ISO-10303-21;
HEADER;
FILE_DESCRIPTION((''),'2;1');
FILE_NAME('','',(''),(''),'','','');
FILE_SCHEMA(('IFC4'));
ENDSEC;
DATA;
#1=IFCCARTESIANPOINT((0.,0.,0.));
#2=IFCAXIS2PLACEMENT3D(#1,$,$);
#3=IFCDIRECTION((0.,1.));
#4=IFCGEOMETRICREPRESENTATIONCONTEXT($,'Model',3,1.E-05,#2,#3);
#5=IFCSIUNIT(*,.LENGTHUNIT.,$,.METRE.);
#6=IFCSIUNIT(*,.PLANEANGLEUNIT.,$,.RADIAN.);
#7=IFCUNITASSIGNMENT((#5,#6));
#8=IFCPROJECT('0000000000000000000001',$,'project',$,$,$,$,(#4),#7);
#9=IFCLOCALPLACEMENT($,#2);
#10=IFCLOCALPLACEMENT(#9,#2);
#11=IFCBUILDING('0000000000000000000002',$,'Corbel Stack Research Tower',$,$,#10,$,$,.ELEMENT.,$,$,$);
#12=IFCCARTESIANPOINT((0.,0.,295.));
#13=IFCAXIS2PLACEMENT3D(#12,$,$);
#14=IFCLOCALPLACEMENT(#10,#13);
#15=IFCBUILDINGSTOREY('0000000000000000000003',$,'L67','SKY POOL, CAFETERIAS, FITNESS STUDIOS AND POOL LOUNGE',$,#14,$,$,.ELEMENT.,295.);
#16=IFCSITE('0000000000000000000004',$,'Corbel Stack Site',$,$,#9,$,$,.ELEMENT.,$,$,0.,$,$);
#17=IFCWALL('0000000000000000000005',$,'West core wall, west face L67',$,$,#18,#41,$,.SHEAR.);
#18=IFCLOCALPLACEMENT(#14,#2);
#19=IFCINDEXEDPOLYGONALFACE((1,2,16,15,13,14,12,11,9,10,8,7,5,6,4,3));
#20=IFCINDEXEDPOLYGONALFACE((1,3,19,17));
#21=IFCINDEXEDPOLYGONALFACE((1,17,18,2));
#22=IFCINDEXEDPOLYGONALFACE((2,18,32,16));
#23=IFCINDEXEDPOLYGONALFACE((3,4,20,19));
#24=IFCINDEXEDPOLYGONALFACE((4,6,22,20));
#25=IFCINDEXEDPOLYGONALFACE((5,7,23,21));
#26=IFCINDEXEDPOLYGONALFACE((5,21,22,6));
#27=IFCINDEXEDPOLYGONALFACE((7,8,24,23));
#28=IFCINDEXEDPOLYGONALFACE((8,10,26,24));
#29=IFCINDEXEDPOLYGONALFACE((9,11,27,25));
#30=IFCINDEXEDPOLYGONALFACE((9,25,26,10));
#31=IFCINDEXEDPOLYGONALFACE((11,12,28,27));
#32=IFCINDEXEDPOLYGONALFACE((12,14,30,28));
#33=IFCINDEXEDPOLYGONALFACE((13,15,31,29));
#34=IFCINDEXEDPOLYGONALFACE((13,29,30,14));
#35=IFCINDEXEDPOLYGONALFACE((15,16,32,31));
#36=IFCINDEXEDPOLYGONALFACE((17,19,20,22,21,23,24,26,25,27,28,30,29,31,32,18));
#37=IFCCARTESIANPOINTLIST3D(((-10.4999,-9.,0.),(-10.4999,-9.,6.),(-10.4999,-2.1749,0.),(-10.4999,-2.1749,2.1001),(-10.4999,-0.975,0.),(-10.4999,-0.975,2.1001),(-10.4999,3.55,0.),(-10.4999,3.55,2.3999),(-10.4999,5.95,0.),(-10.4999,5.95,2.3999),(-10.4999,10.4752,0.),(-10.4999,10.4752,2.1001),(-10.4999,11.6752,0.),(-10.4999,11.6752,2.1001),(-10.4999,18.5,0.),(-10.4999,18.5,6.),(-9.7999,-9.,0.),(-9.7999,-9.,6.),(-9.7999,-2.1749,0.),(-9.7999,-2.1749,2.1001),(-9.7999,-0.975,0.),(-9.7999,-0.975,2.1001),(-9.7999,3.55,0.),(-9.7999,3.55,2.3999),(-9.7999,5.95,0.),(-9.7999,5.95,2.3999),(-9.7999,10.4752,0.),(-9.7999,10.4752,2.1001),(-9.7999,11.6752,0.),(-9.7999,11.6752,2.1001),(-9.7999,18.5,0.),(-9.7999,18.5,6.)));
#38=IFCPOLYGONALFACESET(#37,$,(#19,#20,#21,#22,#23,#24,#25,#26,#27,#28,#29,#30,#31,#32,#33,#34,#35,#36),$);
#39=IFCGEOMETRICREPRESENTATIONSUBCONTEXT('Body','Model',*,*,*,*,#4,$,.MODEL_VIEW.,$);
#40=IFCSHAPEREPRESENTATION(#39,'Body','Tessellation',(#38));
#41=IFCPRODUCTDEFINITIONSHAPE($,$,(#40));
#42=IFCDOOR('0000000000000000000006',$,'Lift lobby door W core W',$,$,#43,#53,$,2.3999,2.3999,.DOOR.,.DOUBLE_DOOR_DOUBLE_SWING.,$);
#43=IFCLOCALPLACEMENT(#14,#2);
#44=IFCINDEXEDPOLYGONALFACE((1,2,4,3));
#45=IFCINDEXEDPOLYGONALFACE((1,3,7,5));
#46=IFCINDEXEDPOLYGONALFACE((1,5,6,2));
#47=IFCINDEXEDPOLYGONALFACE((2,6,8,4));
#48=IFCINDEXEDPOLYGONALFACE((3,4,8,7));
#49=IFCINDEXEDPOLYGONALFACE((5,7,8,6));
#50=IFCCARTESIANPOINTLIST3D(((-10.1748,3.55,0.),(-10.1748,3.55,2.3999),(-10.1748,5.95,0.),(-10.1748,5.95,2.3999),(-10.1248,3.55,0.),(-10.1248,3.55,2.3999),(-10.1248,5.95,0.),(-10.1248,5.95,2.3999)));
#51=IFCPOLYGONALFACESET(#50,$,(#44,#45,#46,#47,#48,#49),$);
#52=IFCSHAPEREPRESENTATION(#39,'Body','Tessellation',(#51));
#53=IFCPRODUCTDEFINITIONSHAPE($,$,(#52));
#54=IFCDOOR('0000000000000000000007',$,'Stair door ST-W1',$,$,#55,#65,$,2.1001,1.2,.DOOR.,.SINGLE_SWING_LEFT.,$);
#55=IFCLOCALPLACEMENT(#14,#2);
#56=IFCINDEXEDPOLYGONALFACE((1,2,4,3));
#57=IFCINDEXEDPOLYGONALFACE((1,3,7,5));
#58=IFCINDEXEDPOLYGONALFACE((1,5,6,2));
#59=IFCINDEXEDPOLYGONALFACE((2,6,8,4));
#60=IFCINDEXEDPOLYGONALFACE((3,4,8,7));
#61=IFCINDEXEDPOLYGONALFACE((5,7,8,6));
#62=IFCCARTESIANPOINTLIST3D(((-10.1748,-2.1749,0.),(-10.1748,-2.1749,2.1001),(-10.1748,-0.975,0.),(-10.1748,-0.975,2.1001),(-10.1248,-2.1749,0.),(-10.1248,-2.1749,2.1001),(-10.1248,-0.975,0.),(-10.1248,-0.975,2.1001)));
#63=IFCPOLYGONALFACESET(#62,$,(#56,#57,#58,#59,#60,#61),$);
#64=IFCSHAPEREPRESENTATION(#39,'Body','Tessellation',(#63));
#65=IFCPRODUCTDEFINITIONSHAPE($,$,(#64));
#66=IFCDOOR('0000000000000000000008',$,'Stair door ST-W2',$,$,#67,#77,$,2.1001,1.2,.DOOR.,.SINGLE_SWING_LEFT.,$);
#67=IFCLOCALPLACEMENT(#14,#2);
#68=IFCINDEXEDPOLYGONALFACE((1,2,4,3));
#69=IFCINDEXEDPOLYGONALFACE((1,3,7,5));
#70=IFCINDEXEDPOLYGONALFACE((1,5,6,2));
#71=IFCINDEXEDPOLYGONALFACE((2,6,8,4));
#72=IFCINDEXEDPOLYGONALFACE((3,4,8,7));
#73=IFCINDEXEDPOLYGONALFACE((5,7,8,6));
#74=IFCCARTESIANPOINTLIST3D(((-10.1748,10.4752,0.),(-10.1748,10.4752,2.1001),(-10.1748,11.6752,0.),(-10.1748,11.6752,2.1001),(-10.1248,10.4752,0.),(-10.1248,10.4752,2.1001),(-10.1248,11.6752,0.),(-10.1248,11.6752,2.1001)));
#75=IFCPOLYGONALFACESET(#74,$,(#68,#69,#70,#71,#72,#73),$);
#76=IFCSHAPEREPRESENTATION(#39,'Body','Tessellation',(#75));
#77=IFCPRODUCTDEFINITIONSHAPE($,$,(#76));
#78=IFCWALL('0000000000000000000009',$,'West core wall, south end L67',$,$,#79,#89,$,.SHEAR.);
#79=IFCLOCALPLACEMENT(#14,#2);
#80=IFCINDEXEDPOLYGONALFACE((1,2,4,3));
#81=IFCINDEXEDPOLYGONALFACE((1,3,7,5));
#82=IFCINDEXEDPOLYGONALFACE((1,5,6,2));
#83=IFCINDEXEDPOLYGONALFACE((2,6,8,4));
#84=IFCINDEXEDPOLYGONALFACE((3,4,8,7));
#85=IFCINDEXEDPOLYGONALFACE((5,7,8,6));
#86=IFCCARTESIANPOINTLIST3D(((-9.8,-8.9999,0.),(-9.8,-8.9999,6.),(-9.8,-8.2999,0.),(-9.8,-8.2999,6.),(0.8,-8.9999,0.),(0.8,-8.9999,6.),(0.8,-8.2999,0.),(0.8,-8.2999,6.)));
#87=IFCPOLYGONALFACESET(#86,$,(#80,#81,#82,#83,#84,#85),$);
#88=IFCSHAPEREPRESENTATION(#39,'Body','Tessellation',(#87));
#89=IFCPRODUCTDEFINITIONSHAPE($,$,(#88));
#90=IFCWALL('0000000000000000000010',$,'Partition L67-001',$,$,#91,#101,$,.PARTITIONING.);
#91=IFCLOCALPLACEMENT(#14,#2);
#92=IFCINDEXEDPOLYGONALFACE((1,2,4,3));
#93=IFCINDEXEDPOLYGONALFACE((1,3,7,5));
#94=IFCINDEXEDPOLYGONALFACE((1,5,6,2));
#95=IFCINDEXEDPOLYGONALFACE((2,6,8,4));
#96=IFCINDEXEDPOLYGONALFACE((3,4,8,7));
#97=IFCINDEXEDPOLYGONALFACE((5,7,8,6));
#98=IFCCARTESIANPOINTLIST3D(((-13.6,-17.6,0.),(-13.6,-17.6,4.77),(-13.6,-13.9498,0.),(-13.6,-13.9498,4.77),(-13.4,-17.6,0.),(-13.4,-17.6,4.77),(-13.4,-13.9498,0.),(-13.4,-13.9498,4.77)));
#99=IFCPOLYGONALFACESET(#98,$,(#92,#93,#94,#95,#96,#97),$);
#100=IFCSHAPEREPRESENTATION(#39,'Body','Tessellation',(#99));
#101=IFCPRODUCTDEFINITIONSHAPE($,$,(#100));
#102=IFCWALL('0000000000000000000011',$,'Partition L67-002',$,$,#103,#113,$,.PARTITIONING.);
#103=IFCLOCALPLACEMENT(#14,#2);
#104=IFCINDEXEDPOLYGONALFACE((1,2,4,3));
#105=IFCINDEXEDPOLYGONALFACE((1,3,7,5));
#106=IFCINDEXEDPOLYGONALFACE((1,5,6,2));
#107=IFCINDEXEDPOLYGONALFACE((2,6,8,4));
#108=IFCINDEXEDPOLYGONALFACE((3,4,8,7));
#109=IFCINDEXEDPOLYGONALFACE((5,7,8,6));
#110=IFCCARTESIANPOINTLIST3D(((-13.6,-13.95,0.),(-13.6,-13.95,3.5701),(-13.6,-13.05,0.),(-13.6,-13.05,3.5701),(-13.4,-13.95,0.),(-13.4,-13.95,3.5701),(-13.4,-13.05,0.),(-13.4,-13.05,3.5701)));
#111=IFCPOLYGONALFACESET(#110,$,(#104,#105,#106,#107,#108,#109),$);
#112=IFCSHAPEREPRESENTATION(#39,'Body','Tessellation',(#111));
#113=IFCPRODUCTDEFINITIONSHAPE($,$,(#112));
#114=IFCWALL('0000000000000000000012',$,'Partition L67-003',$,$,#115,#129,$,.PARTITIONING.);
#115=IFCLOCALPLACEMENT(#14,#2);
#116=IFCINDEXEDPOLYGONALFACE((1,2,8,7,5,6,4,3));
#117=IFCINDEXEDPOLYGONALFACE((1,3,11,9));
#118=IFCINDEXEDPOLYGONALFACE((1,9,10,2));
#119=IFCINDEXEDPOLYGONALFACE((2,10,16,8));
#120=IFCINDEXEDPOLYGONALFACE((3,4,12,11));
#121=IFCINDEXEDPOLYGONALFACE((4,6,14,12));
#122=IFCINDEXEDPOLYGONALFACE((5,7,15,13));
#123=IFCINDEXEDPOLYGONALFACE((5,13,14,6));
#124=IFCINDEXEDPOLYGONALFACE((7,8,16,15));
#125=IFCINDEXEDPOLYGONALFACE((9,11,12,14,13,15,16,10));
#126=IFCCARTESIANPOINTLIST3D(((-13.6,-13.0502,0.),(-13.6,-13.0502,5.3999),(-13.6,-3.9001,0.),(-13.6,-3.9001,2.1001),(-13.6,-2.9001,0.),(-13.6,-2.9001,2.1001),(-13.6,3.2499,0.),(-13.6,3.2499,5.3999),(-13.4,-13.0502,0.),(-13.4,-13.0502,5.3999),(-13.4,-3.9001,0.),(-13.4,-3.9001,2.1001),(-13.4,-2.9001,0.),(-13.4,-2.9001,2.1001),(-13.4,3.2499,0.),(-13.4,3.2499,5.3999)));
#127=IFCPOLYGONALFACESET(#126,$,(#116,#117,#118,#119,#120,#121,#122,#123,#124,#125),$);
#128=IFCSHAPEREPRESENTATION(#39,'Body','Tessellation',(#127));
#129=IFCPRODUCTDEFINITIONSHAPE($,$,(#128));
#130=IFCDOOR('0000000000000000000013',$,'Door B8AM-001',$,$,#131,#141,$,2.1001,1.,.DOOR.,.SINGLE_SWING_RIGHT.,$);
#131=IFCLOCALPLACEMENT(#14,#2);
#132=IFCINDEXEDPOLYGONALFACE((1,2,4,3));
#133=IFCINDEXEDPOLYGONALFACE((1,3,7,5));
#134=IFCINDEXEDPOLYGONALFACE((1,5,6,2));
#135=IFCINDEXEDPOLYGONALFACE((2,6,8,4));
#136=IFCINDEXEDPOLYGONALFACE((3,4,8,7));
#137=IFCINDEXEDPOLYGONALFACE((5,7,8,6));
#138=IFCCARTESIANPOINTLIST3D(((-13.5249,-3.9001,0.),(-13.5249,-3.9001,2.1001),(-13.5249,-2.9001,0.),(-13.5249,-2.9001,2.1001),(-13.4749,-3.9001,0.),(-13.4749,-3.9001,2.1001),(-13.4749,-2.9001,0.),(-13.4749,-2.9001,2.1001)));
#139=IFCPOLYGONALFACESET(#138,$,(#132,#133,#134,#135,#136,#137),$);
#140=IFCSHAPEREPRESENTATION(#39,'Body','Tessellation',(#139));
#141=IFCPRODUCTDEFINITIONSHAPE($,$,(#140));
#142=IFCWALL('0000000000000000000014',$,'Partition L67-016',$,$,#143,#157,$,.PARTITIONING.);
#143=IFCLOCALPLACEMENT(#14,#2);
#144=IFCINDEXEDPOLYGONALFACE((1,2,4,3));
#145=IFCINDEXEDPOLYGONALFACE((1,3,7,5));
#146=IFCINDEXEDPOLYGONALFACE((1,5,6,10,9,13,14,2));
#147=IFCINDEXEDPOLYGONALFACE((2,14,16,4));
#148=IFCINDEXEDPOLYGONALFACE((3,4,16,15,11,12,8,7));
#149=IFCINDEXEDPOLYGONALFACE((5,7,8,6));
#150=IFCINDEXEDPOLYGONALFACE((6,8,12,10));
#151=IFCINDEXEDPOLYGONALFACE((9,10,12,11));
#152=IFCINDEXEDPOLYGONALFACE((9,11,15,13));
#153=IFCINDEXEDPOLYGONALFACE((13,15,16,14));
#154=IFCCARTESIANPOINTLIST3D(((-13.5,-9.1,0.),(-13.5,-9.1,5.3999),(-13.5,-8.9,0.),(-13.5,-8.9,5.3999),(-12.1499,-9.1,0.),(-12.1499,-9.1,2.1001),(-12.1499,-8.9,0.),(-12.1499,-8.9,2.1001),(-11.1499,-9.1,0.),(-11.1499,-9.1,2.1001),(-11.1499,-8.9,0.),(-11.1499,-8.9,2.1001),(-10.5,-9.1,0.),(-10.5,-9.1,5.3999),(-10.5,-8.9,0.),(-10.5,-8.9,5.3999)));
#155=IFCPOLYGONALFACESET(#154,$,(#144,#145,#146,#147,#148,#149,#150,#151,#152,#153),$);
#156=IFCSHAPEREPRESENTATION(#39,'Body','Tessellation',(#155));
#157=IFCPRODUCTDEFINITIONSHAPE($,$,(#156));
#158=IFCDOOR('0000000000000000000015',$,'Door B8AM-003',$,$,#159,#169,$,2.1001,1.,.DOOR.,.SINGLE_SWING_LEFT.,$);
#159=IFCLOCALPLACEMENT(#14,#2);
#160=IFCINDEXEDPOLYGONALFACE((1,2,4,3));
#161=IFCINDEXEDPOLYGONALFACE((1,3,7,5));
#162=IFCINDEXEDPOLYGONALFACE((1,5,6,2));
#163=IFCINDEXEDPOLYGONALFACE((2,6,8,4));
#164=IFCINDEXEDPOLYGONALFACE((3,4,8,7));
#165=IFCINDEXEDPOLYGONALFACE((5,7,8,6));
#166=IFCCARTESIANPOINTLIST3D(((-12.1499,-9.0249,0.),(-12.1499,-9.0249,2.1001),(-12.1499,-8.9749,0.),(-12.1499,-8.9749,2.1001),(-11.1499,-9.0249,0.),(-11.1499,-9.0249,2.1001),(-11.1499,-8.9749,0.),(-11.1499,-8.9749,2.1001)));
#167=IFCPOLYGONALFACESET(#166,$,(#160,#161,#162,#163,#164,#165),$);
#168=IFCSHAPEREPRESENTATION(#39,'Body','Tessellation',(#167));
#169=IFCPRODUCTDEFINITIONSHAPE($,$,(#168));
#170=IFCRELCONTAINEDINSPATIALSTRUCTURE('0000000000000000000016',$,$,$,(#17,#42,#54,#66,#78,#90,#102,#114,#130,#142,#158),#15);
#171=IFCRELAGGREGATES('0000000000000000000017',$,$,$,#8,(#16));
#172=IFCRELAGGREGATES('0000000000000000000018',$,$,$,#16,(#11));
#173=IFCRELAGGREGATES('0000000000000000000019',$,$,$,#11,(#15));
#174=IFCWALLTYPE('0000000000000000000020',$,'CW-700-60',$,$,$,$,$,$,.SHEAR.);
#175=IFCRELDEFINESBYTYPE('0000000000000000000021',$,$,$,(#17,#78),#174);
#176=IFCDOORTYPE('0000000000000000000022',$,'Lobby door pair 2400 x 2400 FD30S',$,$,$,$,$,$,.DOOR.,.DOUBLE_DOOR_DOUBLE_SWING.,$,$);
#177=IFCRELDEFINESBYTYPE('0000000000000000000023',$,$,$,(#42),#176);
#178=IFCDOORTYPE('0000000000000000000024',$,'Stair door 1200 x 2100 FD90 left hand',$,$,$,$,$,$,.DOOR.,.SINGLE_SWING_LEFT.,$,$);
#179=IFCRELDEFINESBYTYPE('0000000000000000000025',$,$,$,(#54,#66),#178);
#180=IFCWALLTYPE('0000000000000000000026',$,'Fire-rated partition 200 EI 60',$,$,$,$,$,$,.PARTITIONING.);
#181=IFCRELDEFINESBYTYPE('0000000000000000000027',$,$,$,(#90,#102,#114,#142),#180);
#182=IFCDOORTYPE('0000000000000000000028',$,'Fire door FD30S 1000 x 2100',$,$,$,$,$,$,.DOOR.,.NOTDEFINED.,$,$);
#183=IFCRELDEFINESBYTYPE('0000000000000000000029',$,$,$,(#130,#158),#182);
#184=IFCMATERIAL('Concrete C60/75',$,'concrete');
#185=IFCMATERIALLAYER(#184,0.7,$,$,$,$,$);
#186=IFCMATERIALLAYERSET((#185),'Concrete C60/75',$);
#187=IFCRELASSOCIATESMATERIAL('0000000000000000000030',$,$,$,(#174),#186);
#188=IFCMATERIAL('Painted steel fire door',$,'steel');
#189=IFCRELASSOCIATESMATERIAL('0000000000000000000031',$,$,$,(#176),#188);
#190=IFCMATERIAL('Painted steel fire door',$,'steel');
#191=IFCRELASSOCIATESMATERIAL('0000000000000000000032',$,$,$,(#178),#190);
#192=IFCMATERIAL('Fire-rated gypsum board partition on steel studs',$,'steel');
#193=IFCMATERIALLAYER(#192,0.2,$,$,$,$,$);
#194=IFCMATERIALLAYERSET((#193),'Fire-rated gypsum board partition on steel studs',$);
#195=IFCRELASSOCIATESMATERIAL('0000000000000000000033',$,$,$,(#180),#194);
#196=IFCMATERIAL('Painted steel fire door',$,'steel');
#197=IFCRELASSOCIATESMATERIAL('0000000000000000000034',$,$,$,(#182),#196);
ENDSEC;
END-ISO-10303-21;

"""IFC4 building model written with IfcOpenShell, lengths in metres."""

from ifc_helpers import new_model, si_unit, direction, frame, frame_2d, origin, place, context, subcontext, project, spatial, rectangle, extrude, material, layer, layer_set, type_object, element, fill, save


model = new_model("IFC4")

# Units and contexts
model_context = context("Model", 3, precision=1e-05, world=origin(), true_north=direction((0.0, 1.0)))
body_context = subcontext(model_context, "Body", "Model", "MODEL_VIEW")
ifc_project = project(units=[si_unit("LENGTHUNIT", "METRE"), si_unit("PLANEANGLEUNIT", "RADIAN")], contexts=[model_context])

# Site, building, storey
site_placement = place(None, origin())
site = spatial("IfcSite", under=ifc_project, at=site_placement, Name="Corbel Stack Site", CompositionType="ELEMENT", RefElevation=0.0)
building_placement = place(site_placement, origin())
building = spatial("IfcBuilding", under=site, at=building_placement, Name="Corbel Stack Research Tower", CompositionType="ELEMENT")
storey_placement = place(building_placement, frame((0.0, 0.0, 295.0)))
storey = spatial("IfcBuildingStorey", under=building, at=storey_placement, Name="L67", Description="SKY POOL, CAFETERIAS, FITNESS STUDIOS AND POOL LOUNGE", CompositionType="ELEMENT", Elevation=295.0)

# Wall, openings, doors
ifc_material_1 = material(Name="Concrete C60/75", Category="concrete")
ifc_layer_1 = layer(ifc_material_1, 0.7)
ifc_layer_set_1 = layer_set([ifc_layer_1], Name="Concrete C60/75")
wall_type_1 = type_object("IfcWallType", Name="CW-700-60", PredefinedType="SHEAR", material=ifc_layer_set_1)
wall_1_placement = place(storey_placement, frame((-10.1499, -9.0, 0.0), z_axis=(0.0, 0.0, 1.0), x_axis=(0.0, 1.0, 0.0)))
wall_1 = element("IfcWall", 1, at=wall_1_placement, inside=storey, type_object=wall_type_1, Name="West core wall, west face L67", PredefinedType="SHEAR", context=body_context, shape_type="SweptSolid", body=[
    extrude(rectangle(XDim=27.5, YDim=0.7, at=frame_2d((13.75, 0.0))), origin(), (0.0, 0.0, 1.0), 6.0),
])
opening_1_placement = place(wall_1_placement, frame((12.55, 0.0, 0.0)))
opening_1 = element("IfcOpeningElement", 2, at=opening_1_placement, cuts=wall_1, PredefinedType="OPENING", context=body_context, shape_type="SweptSolid", body=[
    extrude(rectangle(XDim=2.3999, YDim=2.3999, at=frame_2d((1.2, 1.2))), frame((0.0, 0.3599, 0.0), z_axis=(0.0, -1.0, 0.0), x_axis=(1.0, 0.0, 0.0)), (0.0, 0.0, 1.0), 0.72),
])
opening_2_placement = place(wall_1_placement, frame((6.825, 0.0, 0.0)))
opening_2 = element("IfcOpeningElement", 3, at=opening_2_placement, cuts=wall_1, PredefinedType="OPENING", context=body_context, shape_type="SweptSolid", body=[
    extrude(rectangle(XDim=1.2, YDim=2.1001, at=frame_2d((0.6001, 1.05))), frame((0.0, 0.3599, 0.0), z_axis=(0.0, -1.0, 0.0), x_axis=(1.0, 0.0, 0.0)), (0.0, 0.0, 1.0), 0.72),
])
opening_3_placement = place(wall_1_placement, frame((19.4751, 0.0, 0.0)))
opening_3 = element("IfcOpeningElement", 4, at=opening_3_placement, cuts=wall_1, PredefinedType="OPENING", context=body_context, shape_type="SweptSolid", body=[
    extrude(rectangle(XDim=1.2, YDim=2.1001, at=frame_2d((0.6001, 1.05))), frame((0.0, 0.3599, 0.0), z_axis=(0.0, -1.0, 0.0), x_axis=(1.0, 0.0, 0.0)), (0.0, 0.0, 1.0), 0.72),
])
ifc_material_2 = material(Name="Painted steel fire door", Category="steel")
door_type_1 = type_object("IfcDoorType", Name="Lobby door pair 2400 x 2400 FD30S", OperationType="DOUBLE_DOOR_DOUBLE_SWING", PredefinedType="DOOR", material=ifc_material_2)
door_1_placement = place(opening_1_placement, origin())
door_1 = element("IfcDoor", 5, at=door_1_placement, inside=storey, type_object=door_type_1, Name="Lift lobby door W core W", OperationType="DOUBLE_DOOR_DOUBLE_SWING", OverallHeight=2.3999, OverallWidth=2.3999, PredefinedType="DOOR", context=body_context, shape_type="SweptSolid", body=[
    extrude(rectangle(XDim=2.3999, YDim=2.3999, at=frame_2d((1.2, 1.2))), frame((0.0, 0.0249, 0.0), z_axis=(0.0, -1.0, 0.0), x_axis=(1.0, 0.0, 0.0)), (0.0, 0.0, 1.0), 0.05),
])
fill(opening_1, door_1)
ifc_material_3 = material(Name="Painted steel fire door", Category="steel")
door_type_2 = type_object("IfcDoorType", Name="Stair door 1200 x 2100 FD90 left hand", OperationType="SINGLE_SWING_LEFT", PredefinedType="DOOR", material=ifc_material_3)
door_2_placement = place(opening_2_placement, origin())
door_2 = element("IfcDoor", 6, at=door_2_placement, inside=storey, type_object=door_type_2, Name="Stair door ST-W1", OperationType="SINGLE_SWING_LEFT", OverallHeight=2.1001, OverallWidth=1.2, PredefinedType="DOOR", context=body_context, shape_type="SweptSolid", body=[
    extrude(rectangle(XDim=1.2, YDim=2.1001, at=frame_2d((0.6001, 1.05))), frame((0.0, 0.0249, 0.0), z_axis=(0.0, -1.0, 0.0), x_axis=(1.0, 0.0, 0.0)), (0.0, 0.0, 1.0), 0.05),
])
fill(opening_2, door_2)
door_3_placement = place(opening_3_placement, origin())
door_3 = element("IfcDoor", 7, at=door_3_placement, inside=storey, type_object=door_type_2, Name="Stair door ST-W2", OperationType="SINGLE_SWING_LEFT", OverallHeight=2.1001, OverallWidth=1.2, PredefinedType="DOOR", context=body_context, shape_type="SweptSolid", body=[
    extrude(rectangle(XDim=1.2, YDim=2.1001, at=frame_2d((0.6001, 1.05))), frame((0.0, 0.0249, 0.0), z_axis=(0.0, -1.0, 0.0), x_axis=(1.0, 0.0, 0.0)), (0.0, 0.0, 1.0), 0.05),
])
fill(opening_3, door_3)

# Walls
wall_2_placement = place(storey_placement, frame((-9.8, -8.6499, 0.0), z_axis=(0.0, 0.0, 1.0), x_axis=(1.0, 0.0, 0.0)))
element("IfcWall", 8, at=wall_2_placement, inside=storey, type_object=wall_type_1, Name="West core wall, south end L67", PredefinedType="SHEAR", context=body_context, shape_type="SweptSolid", body=[
    extrude(rectangle(XDim=10.6001, YDim=0.7, at=frame_2d((5.3, 0.0))), origin(), (0.0, 0.0, 1.0), 6.0),
])
ifc_material_4 = material(Name="Fire-rated gypsum board partition on steel studs", Category="steel")
ifc_layer_2 = layer(ifc_material_4, 0.2)
ifc_layer_set_2 = layer_set([ifc_layer_2], Name="Fire-rated gypsum board partition on steel studs")
wall_type_2 = type_object("IfcWallType", Name="Fire-rated partition 200 EI 60", PredefinedType="PARTITIONING", material=ifc_layer_set_2)
wall_3_placement = place(storey_placement, frame((-13.5, -17.6001, 0.0), z_axis=(0.0, 0.0, 1.0), x_axis=(0.0, 1.0, 0.0)))
element("IfcWall", 9, at=wall_3_placement, inside=storey, type_object=wall_type_2, Name="Partition L67-001", PredefinedType="PARTITIONING", context=body_context, shape_type="SweptSolid", body=[
    extrude(rectangle(XDim=3.6501, YDim=0.2, at=frame_2d((1.8252, 0.0))), origin(), (0.0, 0.0, 1.0), 4.77),
])
wall_4_placement = place(storey_placement, frame((-13.5, -13.95, 0.0), z_axis=(0.0, 0.0, 1.0), x_axis=(0.0, 1.0, 0.0)))
element("IfcWall", 10, at=wall_4_placement, inside=storey, type_object=wall_type_2, Name="Partition L67-002", PredefinedType="PARTITIONING", context=body_context, shape_type="SweptSolid", body=[
    extrude(rectangle(XDim=0.8999, YDim=0.2, at=frame_2d((0.45, 0.0))), origin(), (0.0, 0.0, 1.0), 3.5701),
])

# Walls, openings, doors
wall_5_placement = place(storey_placement, frame((-13.5, -13.05, 0.0), z_axis=(0.0, 0.0, 1.0), x_axis=(0.0, 1.0, 0.0)))
wall_5 = element("IfcWall", 11, at=wall_5_placement, inside=storey, type_object=wall_type_2, Name="Partition L67-003", PredefinedType="PARTITIONING", context=body_context, shape_type="SweptSolid", body=[
    extrude(rectangle(XDim=16.3, YDim=0.2, at=frame_2d((8.1499, 0.0))), origin(), (0.0, 0.0, 1.0), 5.3999),
])
opening_4_placement = place(wall_5_placement, frame((9.1499, 0.0, 0.0)))
opening_4 = element("IfcOpeningElement", 12, at=opening_4_placement, cuts=wall_5, PredefinedType="OPENING", context=body_context, shape_type="SweptSolid", body=[
    extrude(rectangle(XDim=1.0, YDim=2.1001, at=frame_2d((0.5, 1.05))), frame((0.0, 0.1099, 0.0), z_axis=(0.0, -1.0, 0.0), x_axis=(1.0, 0.0, 0.0)), (0.0, 0.0, 1.0), 0.22),
])
ifc_material_5 = material(Name="Painted steel fire door", Category="steel")
door_type_3 = type_object("IfcDoorType", Name="Fire door FD30S 1000 x 2100", OperationType="NOTDEFINED", PredefinedType="DOOR", material=ifc_material_5)
door_4_placement = place(opening_4_placement, origin())
door_4 = element("IfcDoor", 13, at=door_4_placement, inside=storey, type_object=door_type_3, Name="Door B8AM-001", OperationType="SINGLE_SWING_RIGHT", OverallHeight=2.1001, OverallWidth=1.0, PredefinedType="DOOR", context=body_context, shape_type="SweptSolid", body=[
    extrude(rectangle(XDim=1.0, YDim=2.1001, at=frame_2d((0.5, 1.05))), frame((0.0, 0.0249, 0.0), z_axis=(0.0, -1.0, 0.0), x_axis=(1.0, 0.0, 0.0)), (0.0, 0.0, 1.0), 0.05),
])
fill(opening_4, door_4)
wall_6_placement = place(storey_placement, frame((-10.5, -9.0, 0.0), z_axis=(0.0, 0.0, 1.0), x_axis=(-1.0, 0.0, 0.0)))
wall_6 = element("IfcWall", 14, at=wall_6_placement, inside=storey, type_object=wall_type_2, Name="Partition L67-016", PredefinedType="PARTITIONING", context=body_context, shape_type="SweptSolid", body=[
    extrude(rectangle(XDim=3.0, YDim=0.2, at=frame_2d((1.5, 0.0))), origin(), (0.0, 0.0, 1.0), 5.3999),
])
opening_5_placement = place(wall_6_placement, frame((0.6499, 0.0, 0.0)))
opening_5 = element("IfcOpeningElement", 15, at=opening_5_placement, cuts=wall_6, PredefinedType="OPENING", context=body_context, shape_type="SweptSolid", body=[
    extrude(rectangle(XDim=1.0, YDim=2.1001, at=frame_2d((0.5, 1.05))), frame((0.0, 0.1099, 0.0), z_axis=(0.0, -1.0, 0.0), x_axis=(1.0, 0.0, 0.0)), (0.0, 0.0, 1.0), 0.22),
])
door_5_placement = place(opening_5_placement, origin())
door_5 = element("IfcDoor", 16, at=door_5_placement, inside=storey, type_object=door_type_3, Name="Door B8AM-003", OperationType="SINGLE_SWING_LEFT", OverallHeight=2.1001, OverallWidth=1.0, PredefinedType="DOOR", context=body_context, shape_type="SweptSolid", body=[
    extrude(rectangle(XDim=1.0, YDim=2.1001, at=frame_2d((0.5, 1.05))), frame((0.0, 0.0249, 0.0), z_axis=(0.0, -1.0, 0.0), x_axis=(1.0, 0.0, 0.0)), (0.0, 0.0, 1.0), 0.05),
])
fill(opening_5, door_5)

save(model, "model.ifc")
